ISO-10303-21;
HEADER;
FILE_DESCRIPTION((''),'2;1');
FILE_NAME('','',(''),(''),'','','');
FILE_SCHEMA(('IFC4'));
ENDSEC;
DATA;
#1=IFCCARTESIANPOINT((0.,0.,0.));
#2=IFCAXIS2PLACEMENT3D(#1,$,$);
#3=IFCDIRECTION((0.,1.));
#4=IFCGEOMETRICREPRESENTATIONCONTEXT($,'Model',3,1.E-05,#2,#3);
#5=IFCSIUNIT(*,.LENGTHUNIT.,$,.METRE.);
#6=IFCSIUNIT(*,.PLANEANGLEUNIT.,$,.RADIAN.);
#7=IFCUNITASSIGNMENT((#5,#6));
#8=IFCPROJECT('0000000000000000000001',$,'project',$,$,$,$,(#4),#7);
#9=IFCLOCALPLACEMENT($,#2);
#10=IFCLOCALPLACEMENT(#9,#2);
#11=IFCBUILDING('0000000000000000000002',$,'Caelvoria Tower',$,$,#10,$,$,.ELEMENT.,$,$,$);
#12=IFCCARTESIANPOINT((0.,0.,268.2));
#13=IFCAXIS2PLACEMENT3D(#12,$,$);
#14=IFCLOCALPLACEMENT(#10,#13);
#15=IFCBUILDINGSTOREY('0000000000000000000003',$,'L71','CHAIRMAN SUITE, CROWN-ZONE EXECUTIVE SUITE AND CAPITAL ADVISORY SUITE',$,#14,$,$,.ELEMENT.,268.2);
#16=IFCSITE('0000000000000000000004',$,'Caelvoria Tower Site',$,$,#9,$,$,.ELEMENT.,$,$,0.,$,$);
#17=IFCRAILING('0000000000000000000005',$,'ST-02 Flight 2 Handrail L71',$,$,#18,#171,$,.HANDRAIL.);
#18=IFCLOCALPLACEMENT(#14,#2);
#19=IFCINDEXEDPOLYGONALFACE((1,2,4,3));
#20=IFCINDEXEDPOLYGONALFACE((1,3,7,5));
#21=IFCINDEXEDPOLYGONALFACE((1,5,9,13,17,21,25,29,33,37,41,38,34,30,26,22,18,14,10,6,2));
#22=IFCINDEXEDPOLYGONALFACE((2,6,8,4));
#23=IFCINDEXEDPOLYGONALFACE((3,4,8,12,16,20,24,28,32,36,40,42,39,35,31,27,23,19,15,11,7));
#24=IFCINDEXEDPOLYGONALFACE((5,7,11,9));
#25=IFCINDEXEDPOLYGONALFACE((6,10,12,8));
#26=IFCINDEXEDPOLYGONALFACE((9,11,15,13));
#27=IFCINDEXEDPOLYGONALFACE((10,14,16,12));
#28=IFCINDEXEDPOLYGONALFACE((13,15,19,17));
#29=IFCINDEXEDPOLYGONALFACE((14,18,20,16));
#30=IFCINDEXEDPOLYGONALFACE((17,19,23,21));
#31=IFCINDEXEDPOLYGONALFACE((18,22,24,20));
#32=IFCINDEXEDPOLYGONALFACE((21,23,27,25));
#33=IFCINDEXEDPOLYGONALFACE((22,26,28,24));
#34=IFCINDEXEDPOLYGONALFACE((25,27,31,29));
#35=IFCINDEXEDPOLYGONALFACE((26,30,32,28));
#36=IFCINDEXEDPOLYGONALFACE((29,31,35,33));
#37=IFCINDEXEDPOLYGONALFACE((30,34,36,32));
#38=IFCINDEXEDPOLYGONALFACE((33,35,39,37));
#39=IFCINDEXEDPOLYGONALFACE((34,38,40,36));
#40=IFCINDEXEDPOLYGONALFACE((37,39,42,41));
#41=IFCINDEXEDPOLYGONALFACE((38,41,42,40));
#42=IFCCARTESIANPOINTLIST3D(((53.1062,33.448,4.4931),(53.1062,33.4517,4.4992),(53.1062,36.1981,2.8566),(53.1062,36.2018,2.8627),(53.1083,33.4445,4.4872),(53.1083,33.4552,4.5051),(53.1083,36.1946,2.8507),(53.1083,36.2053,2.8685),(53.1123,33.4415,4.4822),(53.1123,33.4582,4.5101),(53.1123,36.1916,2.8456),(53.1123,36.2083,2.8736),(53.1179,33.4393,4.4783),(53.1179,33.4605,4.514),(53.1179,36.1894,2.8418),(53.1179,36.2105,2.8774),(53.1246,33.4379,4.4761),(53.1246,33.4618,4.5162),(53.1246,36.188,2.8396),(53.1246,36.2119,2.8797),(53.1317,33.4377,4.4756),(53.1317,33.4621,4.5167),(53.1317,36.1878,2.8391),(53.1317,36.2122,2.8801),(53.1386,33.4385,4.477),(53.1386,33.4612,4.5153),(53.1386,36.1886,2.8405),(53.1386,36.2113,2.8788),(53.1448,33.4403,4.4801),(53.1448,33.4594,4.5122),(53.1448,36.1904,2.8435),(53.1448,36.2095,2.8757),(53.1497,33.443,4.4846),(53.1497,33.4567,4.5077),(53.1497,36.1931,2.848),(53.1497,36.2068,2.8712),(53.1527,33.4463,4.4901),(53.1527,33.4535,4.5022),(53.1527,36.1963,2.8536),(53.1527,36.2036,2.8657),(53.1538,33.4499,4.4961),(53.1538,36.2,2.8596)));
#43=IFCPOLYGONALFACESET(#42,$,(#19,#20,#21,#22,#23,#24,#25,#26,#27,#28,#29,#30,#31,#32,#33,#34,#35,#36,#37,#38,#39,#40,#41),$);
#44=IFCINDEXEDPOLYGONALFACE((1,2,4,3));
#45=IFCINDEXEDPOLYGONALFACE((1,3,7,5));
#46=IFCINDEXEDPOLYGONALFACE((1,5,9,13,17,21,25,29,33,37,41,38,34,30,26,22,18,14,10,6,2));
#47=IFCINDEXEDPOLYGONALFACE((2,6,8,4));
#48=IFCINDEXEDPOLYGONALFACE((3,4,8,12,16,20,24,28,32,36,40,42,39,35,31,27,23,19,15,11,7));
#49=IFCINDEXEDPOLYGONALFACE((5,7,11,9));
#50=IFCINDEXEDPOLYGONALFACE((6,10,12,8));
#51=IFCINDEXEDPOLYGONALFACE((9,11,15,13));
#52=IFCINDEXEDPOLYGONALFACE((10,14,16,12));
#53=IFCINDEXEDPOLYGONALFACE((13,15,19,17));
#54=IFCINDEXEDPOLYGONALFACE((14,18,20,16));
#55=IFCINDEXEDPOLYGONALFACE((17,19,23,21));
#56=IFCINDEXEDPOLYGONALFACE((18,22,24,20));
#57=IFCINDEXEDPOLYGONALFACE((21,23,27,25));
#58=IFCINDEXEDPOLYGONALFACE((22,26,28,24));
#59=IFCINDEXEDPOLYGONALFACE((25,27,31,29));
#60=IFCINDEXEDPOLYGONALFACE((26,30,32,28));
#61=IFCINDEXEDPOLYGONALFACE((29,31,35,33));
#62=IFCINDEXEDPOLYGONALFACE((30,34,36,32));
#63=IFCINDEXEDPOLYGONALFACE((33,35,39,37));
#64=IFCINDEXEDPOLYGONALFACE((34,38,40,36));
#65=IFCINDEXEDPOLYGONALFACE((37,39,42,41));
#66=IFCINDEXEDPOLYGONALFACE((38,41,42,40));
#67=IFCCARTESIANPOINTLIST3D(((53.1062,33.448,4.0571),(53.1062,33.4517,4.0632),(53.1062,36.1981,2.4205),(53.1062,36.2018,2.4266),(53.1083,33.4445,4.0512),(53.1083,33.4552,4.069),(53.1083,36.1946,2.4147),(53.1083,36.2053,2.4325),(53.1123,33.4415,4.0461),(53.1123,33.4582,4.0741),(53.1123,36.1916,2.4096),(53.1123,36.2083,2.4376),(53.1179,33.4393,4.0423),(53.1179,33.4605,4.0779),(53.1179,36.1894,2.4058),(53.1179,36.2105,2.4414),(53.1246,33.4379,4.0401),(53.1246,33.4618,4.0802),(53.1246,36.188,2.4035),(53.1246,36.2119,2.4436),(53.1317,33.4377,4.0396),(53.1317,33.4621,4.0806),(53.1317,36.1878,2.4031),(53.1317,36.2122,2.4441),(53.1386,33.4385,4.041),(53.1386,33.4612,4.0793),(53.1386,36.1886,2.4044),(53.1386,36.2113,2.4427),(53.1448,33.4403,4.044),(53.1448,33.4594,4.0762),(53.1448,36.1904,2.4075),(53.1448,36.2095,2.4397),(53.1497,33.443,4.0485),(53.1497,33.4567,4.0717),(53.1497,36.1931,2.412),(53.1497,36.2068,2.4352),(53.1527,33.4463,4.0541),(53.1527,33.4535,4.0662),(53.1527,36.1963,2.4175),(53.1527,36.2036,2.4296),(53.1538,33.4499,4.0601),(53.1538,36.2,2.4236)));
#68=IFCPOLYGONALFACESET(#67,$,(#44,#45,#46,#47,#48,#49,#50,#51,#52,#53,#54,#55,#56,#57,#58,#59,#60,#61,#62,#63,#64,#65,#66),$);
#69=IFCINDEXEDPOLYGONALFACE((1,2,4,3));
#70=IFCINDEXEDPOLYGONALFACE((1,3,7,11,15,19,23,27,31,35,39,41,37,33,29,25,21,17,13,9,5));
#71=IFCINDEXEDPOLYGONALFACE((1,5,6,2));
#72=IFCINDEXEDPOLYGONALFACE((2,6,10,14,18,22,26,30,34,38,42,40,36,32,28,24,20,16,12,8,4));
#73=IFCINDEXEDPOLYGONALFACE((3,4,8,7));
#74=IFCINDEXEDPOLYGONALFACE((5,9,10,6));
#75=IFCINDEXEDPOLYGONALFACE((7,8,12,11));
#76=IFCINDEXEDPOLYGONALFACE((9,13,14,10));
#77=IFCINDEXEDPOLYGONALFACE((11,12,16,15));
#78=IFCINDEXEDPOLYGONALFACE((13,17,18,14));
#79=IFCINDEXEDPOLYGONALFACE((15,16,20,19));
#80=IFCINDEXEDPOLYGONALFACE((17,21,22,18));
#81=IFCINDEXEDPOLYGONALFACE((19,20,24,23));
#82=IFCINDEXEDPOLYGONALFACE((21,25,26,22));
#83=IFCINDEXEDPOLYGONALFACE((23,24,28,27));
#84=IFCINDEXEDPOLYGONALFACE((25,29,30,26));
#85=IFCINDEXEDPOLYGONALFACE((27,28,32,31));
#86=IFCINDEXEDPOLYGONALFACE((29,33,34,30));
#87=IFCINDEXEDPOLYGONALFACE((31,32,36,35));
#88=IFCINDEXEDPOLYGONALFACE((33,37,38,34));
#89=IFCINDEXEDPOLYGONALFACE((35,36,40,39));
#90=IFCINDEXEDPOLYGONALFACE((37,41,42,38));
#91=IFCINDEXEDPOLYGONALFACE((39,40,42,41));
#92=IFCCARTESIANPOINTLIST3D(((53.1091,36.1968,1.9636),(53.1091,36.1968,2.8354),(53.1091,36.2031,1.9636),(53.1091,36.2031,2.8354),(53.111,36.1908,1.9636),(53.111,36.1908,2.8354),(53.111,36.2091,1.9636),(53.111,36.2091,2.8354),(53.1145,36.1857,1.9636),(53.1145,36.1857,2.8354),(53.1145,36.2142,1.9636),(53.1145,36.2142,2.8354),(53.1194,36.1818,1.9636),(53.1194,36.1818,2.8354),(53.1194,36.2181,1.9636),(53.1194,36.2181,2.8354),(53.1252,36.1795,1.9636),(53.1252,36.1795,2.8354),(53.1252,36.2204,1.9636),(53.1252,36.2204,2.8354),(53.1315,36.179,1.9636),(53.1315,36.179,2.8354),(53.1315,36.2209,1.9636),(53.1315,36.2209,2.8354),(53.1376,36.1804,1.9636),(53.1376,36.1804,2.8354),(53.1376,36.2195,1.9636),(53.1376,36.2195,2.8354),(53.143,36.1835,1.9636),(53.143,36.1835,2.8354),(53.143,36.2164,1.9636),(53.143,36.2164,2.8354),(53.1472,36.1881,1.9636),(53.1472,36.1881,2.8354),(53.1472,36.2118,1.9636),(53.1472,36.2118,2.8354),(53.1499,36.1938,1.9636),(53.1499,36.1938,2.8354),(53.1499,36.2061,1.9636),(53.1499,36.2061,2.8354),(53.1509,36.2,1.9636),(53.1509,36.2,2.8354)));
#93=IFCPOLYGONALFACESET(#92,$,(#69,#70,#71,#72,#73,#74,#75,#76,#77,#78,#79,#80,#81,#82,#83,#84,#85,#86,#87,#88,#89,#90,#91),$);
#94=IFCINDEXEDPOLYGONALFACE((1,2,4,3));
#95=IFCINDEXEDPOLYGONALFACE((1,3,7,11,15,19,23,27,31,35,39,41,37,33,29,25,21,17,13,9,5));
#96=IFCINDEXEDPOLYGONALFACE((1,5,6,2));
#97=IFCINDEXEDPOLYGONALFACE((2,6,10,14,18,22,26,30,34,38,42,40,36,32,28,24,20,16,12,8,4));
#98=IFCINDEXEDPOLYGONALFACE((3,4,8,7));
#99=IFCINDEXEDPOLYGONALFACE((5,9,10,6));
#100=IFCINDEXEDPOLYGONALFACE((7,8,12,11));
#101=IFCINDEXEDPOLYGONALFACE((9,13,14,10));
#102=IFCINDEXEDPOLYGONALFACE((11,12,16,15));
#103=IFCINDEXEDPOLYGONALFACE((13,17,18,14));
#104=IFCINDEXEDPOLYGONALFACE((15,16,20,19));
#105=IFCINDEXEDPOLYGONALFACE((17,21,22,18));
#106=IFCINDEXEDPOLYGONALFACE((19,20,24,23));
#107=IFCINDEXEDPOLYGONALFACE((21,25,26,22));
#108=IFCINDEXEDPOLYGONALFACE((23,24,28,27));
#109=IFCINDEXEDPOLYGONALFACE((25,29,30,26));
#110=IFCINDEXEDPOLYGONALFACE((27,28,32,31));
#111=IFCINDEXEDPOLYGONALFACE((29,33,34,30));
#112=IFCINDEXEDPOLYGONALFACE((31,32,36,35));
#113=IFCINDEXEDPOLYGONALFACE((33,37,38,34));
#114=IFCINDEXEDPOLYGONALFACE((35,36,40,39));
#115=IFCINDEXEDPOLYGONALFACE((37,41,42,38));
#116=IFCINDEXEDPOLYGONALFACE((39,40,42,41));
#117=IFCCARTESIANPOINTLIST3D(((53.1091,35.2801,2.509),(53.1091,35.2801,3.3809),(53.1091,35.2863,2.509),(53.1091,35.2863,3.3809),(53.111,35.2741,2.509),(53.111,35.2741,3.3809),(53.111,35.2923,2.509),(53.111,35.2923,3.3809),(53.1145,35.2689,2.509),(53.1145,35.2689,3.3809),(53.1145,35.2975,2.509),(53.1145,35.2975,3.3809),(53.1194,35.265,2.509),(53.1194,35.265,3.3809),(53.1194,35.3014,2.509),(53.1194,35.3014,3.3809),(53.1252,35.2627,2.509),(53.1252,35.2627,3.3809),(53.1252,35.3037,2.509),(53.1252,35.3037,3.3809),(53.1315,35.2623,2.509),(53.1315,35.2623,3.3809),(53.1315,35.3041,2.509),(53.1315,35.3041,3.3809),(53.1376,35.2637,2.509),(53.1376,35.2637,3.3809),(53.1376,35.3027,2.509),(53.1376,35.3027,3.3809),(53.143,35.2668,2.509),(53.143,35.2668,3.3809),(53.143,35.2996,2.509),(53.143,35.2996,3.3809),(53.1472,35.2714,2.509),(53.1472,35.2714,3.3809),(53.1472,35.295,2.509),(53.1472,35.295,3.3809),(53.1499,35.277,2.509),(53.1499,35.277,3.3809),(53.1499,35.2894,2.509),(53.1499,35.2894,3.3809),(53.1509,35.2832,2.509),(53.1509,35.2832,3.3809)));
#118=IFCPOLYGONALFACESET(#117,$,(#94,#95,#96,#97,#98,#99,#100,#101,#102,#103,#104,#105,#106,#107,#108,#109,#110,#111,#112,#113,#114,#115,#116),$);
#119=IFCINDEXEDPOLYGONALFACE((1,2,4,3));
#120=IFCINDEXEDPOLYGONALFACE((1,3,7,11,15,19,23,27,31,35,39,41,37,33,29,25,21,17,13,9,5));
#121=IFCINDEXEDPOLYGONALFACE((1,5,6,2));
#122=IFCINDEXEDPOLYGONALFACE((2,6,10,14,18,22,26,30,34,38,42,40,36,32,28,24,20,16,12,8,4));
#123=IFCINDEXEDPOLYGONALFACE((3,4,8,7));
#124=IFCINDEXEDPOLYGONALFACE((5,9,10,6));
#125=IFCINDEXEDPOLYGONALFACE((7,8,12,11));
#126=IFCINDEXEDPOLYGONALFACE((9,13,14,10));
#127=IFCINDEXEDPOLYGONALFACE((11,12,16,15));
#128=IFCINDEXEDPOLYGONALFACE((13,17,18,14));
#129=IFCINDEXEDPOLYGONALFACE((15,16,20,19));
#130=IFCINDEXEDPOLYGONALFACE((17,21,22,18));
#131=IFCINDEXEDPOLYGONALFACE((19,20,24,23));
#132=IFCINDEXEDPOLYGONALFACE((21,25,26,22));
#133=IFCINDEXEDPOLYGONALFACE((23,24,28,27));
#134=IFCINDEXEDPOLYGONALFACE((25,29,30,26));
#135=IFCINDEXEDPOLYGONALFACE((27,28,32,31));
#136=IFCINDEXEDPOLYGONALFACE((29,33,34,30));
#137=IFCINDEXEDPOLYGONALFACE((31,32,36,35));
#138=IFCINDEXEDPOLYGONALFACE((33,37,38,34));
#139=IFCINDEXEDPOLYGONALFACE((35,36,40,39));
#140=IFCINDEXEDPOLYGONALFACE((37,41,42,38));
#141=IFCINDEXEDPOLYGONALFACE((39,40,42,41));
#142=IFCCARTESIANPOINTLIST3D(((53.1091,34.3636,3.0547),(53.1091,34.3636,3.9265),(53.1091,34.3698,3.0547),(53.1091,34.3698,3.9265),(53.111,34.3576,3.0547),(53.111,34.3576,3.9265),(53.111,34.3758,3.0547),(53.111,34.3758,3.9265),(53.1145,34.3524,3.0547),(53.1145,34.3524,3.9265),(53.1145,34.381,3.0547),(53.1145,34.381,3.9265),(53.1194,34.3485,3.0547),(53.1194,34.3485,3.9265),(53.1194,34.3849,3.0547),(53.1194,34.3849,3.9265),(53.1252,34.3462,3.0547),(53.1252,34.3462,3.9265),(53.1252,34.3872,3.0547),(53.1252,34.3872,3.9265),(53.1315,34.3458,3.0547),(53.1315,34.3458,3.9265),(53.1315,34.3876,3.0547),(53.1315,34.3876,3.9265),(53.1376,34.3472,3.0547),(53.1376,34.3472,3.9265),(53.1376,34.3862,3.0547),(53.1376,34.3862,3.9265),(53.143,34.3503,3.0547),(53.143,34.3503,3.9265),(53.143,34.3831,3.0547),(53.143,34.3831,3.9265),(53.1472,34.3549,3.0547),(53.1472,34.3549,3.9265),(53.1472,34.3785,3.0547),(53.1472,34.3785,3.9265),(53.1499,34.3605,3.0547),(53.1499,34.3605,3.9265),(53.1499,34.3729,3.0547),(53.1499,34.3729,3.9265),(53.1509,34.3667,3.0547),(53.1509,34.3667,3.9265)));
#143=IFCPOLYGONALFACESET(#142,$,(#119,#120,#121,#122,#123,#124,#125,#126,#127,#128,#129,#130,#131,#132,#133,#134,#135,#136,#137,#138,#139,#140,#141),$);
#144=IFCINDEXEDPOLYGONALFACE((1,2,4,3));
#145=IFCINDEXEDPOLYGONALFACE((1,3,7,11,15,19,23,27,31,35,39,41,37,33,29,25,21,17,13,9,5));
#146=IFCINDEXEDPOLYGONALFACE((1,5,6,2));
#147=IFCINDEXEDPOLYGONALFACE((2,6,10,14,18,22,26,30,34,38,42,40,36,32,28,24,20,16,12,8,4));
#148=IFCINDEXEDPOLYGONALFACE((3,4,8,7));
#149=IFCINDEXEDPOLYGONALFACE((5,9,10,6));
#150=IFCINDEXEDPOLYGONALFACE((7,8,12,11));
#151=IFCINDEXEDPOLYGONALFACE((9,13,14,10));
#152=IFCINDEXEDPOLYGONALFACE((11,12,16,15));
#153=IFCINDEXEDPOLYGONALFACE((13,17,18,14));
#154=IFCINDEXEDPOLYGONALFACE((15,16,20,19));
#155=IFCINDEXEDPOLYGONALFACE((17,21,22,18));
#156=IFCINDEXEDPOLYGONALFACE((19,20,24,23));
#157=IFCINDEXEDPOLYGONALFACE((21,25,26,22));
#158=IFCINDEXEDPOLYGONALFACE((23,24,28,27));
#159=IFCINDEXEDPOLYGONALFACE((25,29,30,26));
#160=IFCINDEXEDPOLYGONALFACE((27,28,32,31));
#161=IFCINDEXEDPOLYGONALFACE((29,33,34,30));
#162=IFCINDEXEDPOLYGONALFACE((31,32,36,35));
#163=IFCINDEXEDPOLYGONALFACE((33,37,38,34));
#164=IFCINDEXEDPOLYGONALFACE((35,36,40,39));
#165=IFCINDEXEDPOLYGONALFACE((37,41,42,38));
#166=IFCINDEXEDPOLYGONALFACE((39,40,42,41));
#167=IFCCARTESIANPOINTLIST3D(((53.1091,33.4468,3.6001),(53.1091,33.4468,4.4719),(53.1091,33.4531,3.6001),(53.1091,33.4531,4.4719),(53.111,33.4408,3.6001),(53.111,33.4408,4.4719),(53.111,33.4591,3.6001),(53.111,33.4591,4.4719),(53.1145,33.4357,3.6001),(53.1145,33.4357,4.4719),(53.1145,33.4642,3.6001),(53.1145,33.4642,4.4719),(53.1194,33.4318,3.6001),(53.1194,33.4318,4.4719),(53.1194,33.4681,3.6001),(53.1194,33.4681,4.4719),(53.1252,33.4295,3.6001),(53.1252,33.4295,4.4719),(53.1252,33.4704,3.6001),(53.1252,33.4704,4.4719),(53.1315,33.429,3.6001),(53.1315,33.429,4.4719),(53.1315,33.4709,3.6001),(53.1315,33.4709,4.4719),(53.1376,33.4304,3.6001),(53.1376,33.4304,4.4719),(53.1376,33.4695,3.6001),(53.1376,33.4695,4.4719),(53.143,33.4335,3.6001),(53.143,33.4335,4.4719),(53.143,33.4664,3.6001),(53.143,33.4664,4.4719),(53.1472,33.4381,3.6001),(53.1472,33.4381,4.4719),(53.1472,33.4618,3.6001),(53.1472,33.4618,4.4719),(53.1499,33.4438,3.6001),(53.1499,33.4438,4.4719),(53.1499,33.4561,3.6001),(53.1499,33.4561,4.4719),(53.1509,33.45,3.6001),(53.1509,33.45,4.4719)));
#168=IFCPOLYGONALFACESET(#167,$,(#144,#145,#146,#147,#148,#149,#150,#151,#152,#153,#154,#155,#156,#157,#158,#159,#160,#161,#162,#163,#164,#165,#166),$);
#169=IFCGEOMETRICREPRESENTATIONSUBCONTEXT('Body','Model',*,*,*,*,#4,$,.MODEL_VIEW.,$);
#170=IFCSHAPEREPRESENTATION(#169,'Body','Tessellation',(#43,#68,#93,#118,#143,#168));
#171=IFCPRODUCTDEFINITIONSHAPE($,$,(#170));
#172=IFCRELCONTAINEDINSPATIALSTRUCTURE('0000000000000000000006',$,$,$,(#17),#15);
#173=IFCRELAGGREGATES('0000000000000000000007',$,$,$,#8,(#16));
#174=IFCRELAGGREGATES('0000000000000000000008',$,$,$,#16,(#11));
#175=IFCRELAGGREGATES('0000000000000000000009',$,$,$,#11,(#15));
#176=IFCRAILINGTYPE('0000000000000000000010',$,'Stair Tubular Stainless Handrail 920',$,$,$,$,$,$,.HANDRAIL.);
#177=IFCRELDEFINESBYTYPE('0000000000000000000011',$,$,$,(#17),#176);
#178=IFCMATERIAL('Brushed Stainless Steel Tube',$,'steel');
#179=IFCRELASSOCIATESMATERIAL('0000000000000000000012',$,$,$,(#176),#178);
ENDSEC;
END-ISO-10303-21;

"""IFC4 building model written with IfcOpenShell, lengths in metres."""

from ifc_helpers import new_model, si_unit, direction, frame, origin, origin_2d, place, context, subcontext, project, spatial, circle, extrude, material, type_object, element, save


model = new_model("IFC4")

# Units and contexts
model_context = context("Model", 3, precision=1e-05, world=origin(), true_north=direction((0.0, 1.0)))
body_context = subcontext(model_context, "Body", "Model", "MODEL_VIEW")
ifc_project = project(units=[si_unit("LENGTHUNIT", "METRE"), si_unit("PLANEANGLEUNIT", "RADIAN")], contexts=[model_context])

# Site, building, storey
site_placement = place(None, origin())
site = spatial("IfcSite", under=ifc_project, at=site_placement, Name="Caelvoria Tower Site", CompositionType="ELEMENT", RefElevation=0.0)
building_placement = place(site_placement, origin())
building = spatial("IfcBuilding", under=site, at=building_placement, Name="Caelvoria Tower", CompositionType="ELEMENT")
storey_placement = place(building_placement, frame((0.0, 0.0, 268.2)))
storey = spatial("IfcBuildingStorey", under=building, at=storey_placement, Name="L71", Description="CHAIRMAN SUITE, CROWN-ZONE EXECUTIVE SUITE AND CAPITAL ADVISORY SUITE", CompositionType="ELEMENT", Elevation=268.2)

# Railing
ifc_material_1 = material(Name="Brushed Stainless Steel Tube", Category="steel")
railing_type_1 = type_object("IfcRailingType", Name="Stair Tubular Stainless Handrail 920", PredefinedType="HANDRAIL", material=ifc_material_1)
railing_1_placement = place(storey_placement, frame((53.1299, 36.2, 1.9636)))
element("IfcRailing", 1, at=railing_1_placement, inside=storey, type_object=railing_type_1, Name="ST-02 Flight 2 Handrail L71", PredefinedType="HANDRAIL", context=body_context, shape_type="SweptSolid", body=[
    extrude(circle(Radius=0.0239, at=origin_2d()), frame((0.0, 0.0, 0.896), z_axis=(0.0, -0.859352, 0.511385), x_axis=(1.0, 0.0, 0.0)), (0.0, 0.0, 1.0), 3.2002),
    extrude(circle(Radius=0.0239, at=origin_2d()), frame((0.0, 0.0, 0.46), z_axis=(0.0, -0.859352, 0.511385), x_axis=(1.0, 0.0, 0.0)), (0.0, 0.0, 1.0), 3.2002),
    extrude(circle(Radius=0.021, at=origin_2d()), origin(), (0.0, 0.0, 1.0), 0.8718),
    extrude(circle(Radius=0.021, at=origin_2d()), frame((0.0, -0.9167, 0.5454)), (0.0, 0.0, 1.0), 0.8718),
    extrude(circle(Radius=0.021, at=origin_2d()), frame((0.0, -1.8333, 1.0911)), (0.0, 0.0, 1.0), 0.8718),
    extrude(circle(Radius=0.021, at=origin_2d()), frame((0.0, -2.75, 1.6365)), (0.0, 0.0, 1.0), 0.8718),
])

save(model, "model.ifc")
